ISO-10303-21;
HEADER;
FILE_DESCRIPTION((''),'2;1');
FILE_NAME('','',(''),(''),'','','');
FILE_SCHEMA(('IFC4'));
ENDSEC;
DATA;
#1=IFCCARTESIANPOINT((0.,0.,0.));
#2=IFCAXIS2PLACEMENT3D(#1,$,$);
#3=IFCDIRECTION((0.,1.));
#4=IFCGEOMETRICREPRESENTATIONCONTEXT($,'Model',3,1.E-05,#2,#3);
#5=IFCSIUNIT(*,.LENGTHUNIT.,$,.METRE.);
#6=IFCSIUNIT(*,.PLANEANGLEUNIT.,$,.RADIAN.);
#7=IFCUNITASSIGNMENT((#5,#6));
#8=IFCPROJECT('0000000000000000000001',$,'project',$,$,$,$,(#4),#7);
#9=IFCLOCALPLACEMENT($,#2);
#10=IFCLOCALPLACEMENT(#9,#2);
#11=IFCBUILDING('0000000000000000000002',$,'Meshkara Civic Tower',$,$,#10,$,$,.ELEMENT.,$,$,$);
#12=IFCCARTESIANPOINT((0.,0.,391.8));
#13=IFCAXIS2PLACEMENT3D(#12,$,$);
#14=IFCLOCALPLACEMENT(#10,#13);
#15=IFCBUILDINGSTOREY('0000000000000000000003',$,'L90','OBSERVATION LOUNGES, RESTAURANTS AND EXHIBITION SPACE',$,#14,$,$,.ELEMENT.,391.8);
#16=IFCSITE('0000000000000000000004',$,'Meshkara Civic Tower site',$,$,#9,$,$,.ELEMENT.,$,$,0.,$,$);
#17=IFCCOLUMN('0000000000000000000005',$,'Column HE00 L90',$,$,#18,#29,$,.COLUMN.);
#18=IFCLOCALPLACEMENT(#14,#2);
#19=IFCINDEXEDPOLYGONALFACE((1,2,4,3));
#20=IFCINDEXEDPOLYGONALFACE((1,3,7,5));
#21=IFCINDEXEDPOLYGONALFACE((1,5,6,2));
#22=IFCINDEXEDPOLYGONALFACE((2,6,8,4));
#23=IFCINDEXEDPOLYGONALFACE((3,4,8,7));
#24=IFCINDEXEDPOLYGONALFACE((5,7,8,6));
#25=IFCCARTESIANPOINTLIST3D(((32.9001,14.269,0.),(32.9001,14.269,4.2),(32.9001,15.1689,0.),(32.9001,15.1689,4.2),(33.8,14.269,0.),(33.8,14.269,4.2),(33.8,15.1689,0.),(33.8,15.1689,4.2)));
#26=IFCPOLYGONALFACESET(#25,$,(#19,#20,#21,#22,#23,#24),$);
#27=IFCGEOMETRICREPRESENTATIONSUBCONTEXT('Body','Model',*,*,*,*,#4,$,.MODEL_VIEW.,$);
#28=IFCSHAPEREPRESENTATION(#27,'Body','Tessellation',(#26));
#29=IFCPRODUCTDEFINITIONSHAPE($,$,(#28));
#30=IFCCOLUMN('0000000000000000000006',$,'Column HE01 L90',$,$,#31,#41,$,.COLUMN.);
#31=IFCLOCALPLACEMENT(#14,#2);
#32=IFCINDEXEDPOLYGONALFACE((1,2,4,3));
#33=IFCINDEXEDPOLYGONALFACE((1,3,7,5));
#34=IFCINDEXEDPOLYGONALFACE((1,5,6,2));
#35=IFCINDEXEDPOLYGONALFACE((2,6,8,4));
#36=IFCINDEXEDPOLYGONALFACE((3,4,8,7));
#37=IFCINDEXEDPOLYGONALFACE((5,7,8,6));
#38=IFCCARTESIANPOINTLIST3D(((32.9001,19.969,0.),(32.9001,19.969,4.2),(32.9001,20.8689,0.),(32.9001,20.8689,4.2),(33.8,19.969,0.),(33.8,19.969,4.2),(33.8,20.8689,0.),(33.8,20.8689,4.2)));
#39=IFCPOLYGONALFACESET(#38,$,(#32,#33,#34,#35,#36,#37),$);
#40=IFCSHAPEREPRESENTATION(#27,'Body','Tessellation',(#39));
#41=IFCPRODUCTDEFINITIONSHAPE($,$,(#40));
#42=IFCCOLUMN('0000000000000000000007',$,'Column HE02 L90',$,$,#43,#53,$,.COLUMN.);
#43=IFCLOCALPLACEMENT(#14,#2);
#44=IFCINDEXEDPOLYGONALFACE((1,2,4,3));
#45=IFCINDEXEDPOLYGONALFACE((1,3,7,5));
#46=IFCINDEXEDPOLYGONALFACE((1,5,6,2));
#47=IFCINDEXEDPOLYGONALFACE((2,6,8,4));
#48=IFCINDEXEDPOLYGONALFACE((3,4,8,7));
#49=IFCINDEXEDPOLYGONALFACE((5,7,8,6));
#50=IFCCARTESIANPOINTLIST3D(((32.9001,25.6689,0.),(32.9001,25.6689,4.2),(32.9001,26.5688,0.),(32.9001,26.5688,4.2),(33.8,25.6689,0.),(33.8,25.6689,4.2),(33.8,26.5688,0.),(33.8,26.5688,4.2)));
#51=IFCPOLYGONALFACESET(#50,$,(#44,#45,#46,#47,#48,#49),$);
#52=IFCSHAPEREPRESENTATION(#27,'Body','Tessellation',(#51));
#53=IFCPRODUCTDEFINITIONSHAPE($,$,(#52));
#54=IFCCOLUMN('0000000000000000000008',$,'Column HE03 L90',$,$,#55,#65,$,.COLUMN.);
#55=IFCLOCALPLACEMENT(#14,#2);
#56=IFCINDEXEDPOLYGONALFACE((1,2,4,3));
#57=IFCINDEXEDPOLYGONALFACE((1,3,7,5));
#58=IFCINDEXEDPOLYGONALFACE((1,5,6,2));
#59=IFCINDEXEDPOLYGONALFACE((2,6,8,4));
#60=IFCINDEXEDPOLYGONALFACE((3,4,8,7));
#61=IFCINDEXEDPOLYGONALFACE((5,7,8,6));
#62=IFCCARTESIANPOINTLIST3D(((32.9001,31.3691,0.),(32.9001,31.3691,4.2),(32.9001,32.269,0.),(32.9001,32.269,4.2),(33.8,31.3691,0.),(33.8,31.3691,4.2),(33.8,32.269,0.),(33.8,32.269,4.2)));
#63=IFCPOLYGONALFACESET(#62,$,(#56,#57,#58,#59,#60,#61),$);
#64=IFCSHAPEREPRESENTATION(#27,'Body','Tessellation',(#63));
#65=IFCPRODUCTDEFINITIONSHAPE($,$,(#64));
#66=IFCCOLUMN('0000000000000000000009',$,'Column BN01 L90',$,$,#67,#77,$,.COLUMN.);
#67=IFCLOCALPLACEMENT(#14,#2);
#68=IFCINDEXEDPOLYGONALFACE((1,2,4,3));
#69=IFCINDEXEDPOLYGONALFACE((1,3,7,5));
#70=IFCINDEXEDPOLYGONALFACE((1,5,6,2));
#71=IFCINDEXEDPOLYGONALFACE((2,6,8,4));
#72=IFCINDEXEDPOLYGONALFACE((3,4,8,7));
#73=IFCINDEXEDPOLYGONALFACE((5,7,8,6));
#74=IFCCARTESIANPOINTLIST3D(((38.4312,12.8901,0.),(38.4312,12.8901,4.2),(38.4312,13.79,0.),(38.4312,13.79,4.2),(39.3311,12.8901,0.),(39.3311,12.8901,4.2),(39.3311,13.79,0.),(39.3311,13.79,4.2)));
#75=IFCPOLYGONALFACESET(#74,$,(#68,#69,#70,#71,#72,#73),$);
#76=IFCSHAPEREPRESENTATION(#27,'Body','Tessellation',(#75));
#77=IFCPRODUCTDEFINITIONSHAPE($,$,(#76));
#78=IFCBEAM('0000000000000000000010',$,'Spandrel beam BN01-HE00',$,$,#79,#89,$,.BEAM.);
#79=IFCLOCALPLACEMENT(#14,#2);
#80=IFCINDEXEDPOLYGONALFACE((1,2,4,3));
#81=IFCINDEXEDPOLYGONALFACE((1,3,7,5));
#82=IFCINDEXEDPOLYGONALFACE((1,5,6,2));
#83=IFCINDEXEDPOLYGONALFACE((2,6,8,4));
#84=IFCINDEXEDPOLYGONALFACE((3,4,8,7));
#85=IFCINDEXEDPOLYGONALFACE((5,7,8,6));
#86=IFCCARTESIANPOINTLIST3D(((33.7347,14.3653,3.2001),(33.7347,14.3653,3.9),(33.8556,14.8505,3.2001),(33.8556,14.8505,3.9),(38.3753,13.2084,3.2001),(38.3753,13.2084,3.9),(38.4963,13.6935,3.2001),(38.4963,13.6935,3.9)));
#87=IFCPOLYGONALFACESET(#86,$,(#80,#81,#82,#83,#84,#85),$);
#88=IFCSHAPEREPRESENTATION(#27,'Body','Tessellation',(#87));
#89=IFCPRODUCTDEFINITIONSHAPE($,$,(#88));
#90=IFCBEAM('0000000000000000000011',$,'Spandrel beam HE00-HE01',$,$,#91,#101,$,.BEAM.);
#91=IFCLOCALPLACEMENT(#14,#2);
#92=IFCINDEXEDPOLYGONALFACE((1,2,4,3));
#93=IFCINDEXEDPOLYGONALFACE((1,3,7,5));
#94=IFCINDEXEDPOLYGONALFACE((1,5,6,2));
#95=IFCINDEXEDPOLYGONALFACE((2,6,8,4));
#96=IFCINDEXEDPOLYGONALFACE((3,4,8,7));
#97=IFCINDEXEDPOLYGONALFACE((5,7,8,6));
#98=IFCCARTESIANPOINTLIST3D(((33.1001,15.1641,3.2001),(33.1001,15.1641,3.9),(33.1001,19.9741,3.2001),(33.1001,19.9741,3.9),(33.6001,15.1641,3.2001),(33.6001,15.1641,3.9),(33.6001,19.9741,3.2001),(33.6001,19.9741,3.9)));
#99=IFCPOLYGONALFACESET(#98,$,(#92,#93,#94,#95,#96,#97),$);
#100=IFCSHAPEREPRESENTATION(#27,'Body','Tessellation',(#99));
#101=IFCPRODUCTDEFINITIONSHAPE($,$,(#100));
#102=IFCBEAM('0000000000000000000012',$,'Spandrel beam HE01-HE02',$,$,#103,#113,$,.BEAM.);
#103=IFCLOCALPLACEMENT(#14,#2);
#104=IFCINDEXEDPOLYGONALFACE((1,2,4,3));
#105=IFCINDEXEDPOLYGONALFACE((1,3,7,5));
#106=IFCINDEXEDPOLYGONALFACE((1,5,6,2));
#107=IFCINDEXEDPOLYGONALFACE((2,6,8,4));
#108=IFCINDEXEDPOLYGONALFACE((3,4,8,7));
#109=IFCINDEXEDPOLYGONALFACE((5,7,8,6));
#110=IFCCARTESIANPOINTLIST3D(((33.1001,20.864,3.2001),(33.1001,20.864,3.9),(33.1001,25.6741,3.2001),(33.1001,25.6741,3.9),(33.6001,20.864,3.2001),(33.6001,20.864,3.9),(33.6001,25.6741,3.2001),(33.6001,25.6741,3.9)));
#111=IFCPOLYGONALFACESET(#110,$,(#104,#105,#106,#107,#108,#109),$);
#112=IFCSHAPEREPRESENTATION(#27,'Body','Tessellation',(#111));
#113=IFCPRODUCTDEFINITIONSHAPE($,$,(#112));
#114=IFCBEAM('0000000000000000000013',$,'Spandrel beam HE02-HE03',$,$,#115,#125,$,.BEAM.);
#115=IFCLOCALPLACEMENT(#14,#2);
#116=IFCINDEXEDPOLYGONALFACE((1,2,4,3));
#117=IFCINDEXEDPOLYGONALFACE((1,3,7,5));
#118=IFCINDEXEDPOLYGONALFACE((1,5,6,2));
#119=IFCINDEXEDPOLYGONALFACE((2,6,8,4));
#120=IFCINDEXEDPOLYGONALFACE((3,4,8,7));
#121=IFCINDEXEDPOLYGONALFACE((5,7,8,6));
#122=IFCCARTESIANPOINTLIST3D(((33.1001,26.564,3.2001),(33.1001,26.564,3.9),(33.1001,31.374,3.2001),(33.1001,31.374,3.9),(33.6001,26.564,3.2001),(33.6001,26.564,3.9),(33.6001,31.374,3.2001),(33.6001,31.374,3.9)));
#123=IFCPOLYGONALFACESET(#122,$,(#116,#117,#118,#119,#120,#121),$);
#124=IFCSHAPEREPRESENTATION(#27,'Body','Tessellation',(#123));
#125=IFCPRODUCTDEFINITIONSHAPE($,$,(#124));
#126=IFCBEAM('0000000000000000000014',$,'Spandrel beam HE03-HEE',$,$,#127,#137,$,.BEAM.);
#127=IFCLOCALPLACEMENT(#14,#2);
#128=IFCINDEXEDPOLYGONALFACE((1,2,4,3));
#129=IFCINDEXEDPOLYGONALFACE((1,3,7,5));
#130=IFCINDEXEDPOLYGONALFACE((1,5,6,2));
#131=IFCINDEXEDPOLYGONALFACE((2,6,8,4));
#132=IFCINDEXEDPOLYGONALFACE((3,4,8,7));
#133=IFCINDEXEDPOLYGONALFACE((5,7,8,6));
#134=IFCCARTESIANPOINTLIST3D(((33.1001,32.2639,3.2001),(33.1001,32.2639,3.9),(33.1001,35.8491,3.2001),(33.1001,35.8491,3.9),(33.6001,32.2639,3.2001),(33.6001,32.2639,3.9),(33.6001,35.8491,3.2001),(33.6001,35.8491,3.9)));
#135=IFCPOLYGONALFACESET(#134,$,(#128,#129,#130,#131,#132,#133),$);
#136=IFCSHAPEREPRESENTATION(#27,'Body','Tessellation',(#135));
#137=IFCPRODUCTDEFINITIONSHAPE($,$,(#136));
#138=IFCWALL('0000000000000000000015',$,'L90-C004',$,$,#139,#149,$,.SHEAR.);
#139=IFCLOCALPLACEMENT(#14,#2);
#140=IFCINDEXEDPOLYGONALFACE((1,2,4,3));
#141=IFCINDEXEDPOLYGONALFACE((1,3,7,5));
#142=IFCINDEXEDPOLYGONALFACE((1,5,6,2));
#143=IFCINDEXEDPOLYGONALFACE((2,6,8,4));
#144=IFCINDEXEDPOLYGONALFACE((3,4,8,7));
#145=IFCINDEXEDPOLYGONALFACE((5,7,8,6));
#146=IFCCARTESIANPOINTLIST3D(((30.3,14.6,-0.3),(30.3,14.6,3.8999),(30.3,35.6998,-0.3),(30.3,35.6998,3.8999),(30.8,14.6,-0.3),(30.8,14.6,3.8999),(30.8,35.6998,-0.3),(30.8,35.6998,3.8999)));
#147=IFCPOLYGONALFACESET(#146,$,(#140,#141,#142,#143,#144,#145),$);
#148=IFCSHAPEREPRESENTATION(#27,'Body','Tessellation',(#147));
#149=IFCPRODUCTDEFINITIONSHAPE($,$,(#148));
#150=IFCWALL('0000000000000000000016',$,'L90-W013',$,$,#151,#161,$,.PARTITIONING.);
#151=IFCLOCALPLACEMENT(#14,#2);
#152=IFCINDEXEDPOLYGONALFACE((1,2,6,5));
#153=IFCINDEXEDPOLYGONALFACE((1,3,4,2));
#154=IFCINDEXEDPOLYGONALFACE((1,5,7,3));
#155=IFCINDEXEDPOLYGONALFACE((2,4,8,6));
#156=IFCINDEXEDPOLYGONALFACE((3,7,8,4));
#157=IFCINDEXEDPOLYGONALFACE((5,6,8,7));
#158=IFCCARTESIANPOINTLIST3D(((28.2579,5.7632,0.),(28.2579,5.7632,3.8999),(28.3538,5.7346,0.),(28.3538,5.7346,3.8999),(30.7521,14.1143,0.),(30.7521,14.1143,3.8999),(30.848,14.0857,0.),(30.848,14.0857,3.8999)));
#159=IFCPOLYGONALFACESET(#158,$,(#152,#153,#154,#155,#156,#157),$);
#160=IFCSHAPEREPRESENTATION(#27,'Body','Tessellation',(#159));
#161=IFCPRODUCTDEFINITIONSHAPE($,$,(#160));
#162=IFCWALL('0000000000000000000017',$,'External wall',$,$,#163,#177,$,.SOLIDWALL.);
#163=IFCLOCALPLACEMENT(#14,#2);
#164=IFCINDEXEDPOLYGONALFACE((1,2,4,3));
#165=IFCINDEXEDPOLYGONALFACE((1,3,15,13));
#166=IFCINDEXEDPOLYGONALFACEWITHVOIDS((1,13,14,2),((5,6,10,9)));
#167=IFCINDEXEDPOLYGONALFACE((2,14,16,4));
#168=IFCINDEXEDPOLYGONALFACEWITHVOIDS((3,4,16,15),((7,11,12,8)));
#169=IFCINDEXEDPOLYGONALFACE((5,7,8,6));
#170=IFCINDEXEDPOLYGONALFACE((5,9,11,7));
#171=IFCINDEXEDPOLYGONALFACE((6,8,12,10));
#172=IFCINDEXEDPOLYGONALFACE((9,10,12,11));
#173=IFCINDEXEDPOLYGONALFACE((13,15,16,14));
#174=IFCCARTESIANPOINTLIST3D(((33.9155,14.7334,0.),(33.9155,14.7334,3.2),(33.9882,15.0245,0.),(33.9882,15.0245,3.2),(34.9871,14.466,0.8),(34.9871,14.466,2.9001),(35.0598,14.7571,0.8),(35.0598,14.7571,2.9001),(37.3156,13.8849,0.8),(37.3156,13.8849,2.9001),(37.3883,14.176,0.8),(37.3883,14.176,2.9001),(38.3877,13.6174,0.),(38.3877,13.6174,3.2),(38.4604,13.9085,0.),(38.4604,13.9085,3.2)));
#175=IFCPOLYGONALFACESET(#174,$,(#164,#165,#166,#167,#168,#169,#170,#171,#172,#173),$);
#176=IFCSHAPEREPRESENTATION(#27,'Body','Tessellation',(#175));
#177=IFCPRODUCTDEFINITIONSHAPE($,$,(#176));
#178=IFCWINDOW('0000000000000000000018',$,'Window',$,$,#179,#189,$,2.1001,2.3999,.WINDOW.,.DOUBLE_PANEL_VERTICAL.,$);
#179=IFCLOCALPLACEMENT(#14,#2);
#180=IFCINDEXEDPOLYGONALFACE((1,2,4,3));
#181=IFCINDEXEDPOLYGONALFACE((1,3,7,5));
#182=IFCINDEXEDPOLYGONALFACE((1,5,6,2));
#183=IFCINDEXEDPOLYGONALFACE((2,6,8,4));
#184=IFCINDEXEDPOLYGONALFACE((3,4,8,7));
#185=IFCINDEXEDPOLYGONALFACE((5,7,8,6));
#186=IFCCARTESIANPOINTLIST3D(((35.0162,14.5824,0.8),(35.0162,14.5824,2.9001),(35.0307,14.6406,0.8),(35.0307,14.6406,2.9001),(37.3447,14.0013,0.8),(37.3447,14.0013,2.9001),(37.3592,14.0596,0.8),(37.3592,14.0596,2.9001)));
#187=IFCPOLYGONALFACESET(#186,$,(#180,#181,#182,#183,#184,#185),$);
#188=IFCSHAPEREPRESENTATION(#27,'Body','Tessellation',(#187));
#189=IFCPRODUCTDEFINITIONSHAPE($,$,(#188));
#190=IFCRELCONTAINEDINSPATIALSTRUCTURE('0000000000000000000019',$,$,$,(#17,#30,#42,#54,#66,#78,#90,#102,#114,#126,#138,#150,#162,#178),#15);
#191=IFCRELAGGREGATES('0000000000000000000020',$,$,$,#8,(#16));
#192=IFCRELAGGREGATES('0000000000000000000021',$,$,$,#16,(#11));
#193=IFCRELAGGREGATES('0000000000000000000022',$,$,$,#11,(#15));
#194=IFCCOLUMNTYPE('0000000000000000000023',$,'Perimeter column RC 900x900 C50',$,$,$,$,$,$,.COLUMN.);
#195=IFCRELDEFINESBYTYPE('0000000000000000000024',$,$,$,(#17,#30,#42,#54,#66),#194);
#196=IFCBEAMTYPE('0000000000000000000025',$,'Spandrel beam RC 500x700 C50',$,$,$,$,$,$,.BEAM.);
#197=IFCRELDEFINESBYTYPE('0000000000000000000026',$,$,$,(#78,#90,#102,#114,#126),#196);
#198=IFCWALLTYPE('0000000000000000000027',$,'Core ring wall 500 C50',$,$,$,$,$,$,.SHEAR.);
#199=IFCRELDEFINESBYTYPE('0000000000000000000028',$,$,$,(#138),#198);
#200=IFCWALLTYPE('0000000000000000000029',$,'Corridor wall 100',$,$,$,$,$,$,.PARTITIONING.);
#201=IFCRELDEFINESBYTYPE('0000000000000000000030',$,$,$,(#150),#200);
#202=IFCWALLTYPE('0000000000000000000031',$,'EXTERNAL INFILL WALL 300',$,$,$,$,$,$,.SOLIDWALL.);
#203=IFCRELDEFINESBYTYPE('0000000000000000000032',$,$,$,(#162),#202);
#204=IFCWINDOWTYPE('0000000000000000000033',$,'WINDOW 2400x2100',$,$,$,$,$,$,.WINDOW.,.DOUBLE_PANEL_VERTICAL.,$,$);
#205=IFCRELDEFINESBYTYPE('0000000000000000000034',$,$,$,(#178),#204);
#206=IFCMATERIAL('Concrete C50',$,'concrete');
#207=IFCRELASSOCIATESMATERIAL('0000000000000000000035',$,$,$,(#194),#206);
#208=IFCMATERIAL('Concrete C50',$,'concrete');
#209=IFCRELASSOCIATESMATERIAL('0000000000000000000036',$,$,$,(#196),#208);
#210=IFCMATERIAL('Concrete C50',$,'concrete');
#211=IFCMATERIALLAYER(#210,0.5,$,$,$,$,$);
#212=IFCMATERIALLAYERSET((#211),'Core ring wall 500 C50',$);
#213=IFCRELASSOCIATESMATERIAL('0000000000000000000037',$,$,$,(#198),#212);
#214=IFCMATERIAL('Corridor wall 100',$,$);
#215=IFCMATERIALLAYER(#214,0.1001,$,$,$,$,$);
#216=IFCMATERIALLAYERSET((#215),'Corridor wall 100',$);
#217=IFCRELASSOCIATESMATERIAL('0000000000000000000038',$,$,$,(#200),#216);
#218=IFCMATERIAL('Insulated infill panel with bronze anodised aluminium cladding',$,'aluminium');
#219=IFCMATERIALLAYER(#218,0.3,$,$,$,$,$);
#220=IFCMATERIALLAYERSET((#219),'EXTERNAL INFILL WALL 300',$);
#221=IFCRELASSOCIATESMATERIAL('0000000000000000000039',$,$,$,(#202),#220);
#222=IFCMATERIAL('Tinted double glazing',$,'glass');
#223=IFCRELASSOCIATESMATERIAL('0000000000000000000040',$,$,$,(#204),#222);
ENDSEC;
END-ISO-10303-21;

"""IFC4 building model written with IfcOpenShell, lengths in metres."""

from ifc_helpers import new_model, si_unit, direction, frame, frame_2d, origin, origin_2d, place, context, subcontext, project, spatial, rectangle, extrude, material, layer, layer_set, material_profile, profile_set, type_object, element, fill, save


model = new_model("IFC4")

# Units and contexts
model_context = context("Model", 3, precision=1e-05, world=origin(), true_north=direction((0.0, 1.0)))
body_context = subcontext(model_context, "Body", "Model", "MODEL_VIEW")
ifc_project = project(units=[si_unit("LENGTHUNIT", "METRE"), si_unit("PLANEANGLEUNIT", "RADIAN")], contexts=[model_context])

# Site, building, storey
site_placement = place(None, origin())
site = spatial("IfcSite", under=ifc_project, at=site_placement, Name="Meshkara Civic Tower site", CompositionType="ELEMENT", RefElevation=0.0)
building_placement = place(site_placement, origin())
building = spatial("IfcBuilding", under=site, at=building_placement, Name="Meshkara Civic Tower", CompositionType="ELEMENT")
storey_placement = place(building_placement, frame((0.0, 0.0, 391.8)))
storey = spatial("IfcBuildingStorey", under=building, at=storey_placement, Name="L90", Description="OBSERVATION LOUNGES, RESTAURANTS AND EXHIBITION SPACE", CompositionType="ELEMENT", Elevation=391.8)

# Columns
ifc_material_1 = material(Name="Concrete C50", Category="concrete")
ifc_material_profile_1 = material_profile(ifc_material_1, rectangle(XDim=0.8999, YDim=0.8999, at=origin_2d()))
ifc_profile_set_1 = profile_set([ifc_material_profile_1], Name="Concrete C50")
column_type = type_object("IfcColumnType", Name="Perimeter column RC 900x900 C50", PredefinedType="COLUMN", material=ifc_profile_set_1)
for number, where, z_axis, x_axis, name in (
    (1, (33.3501, 14.719, 0.0), (0.0, 0.0, 1.0), (1.0, 0.0, 0.0), "Column HE00 L90"),
    (2, (33.3501, 20.4189, 0.0), (0.0, 0.0, 1.0), (1.0, 0.0, 0.0), "Column HE01 L90"),
    (3, (33.3501, 26.1189, 0.0), (0.0, 0.0, 1.0), (1.0, 0.0, 0.0), "Column HE02 L90"),
    (4, (33.3501, 31.8191, 0.0), (0.0, 0.0, 1.0), (1.0, 0.0, 0.0), "Column HE03 L90"),
    (5, (38.8811, 13.3401, 0.0), (0.0, 0.0, 1.0), (1.0, 0.0, 0.0), "Column BN01 L90"),
):
    element("IfcColumn", number, at=place(storey_placement, frame(where, z_axis=z_axis, x_axis=x_axis)), inside=storey, type_object=column_type, Name=name, PredefinedType="COLUMN", context=body_context, shape_type="SweptSolid", body=[
        extrude(rectangle(XDim=0.8999, YDim=0.8999, at=origin_2d()), origin(), (0.0, 0.0, 1.0), 4.2),
    ])

# Beams
ifc_material_2 = material(Name="Concrete C50", Category="concrete")
ifc_material_profile_2 = material_profile(ifc_material_2, rectangle(XDim=0.5, YDim=0.7, at=origin_2d()))
ifc_profile_set_2 = profile_set([ifc_material_profile_2], Name="Concrete C50")
beam_type = type_object("IfcBeamType", Name="Spandrel beam RC 500x700 C50", PredefinedType="BEAM", material=ifc_profile_set_2)
beam_1_placement = place(storey_placement, frame((38.4358, 13.4509, 3.55), z_axis=(-0.970298, 0.241911, 0.0), x_axis=(-0.241911, -0.970298, 0.0)))
element("IfcBeam", 6, at=beam_1_placement, inside=storey, type_object=beam_type, Name="Spandrel beam BN01-HE00", PredefinedType="BEAM", context=body_context, shape_type="SweptSolid", body=[
    extrude(rectangle(XDim=0.5, YDim=0.7, at=origin_2d()), origin(), (0.0, 0.0, 1.0), 4.7827),
])
for number, where, z_axis, x_axis, name in (
    (7, (33.3501, 15.1641, 3.55), (0.0, 1.0, 0.0), (-1.0, 0.0, 0.0), "Spandrel beam HE00-HE01"),
    (8, (33.3501, 20.864, 3.55), (0.0, 1.0, 0.0), (-1.0, 0.0, 0.0), "Spandrel beam HE01-HE02"),
    (9, (33.3501, 26.564, 3.55), (0.0, 1.0, 0.0), (-1.0, 0.0, 0.0), "Spandrel beam HE02-HE03"),
):
    element("IfcBeam", number, at=place(storey_placement, frame(where, z_axis=z_axis, x_axis=x_axis)), inside=storey, type_object=beam_type, Name=name, PredefinedType="BEAM", context=body_context, shape_type="SweptSolid", body=[
        extrude(rectangle(XDim=0.5, YDim=0.7, at=origin_2d()), origin(), (0.0, 0.0, 1.0), 4.8101),
    ])
beam_2_placement = place(storey_placement, frame((33.3501, 32.2639, 3.55), z_axis=(0.0, 1.0, 0.0), x_axis=(-1.0, 0.0, 0.0)))
element("IfcBeam", 10, at=beam_2_placement, inside=storey, type_object=beam_type, Name="Spandrel beam HE03-HEE", PredefinedType="BEAM", context=body_context, shape_type="SweptSolid", body=[
    extrude(rectangle(XDim=0.5, YDim=0.7, at=origin_2d()), origin(), (0.0, 0.0, 1.0), 3.5852),
])

# Walls
ifc_material_3 = material(Name="Concrete C50", Category="concrete")
ifc_layer_1 = layer(ifc_material_3, 0.5)
ifc_layer_set_1 = layer_set([ifc_layer_1], Name="Core ring wall 500 C50")
wall_type_1 = type_object("IfcWallType", Name="Core ring wall 500 C50", PredefinedType="SHEAR", material=ifc_layer_set_1)
wall_1_placement = place(storey_placement, frame((30.55, 14.6001, -0.3), z_axis=(0.0, 0.0, 1.0), x_axis=(0.0, 1.0, 0.0)))
element("IfcWall", 11, at=wall_1_placement, inside=storey, type_object=wall_type_1, Name="L90-C004", PredefinedType="SHEAR", context=body_context, shape_type="SweptSolid", body=[
    extrude(rectangle(XDim=21.0999, YDim=0.5, at=frame_2d((10.5498, 0.0))), origin(), (0.0, 0.0, 1.0), 4.2),
])
ifc_material_4 = material(Name="Corridor wall 100")
ifc_layer_2 = layer(ifc_material_4, 0.1001)
ifc_layer_set_2 = layer_set([ifc_layer_2], Name="Corridor wall 100")
wall_type_2 = type_object("IfcWallType", Name="Corridor wall 100", PredefinedType="PARTITIONING", material=ifc_layer_set_2)
wall_2_placement = place(storey_placement, frame((30.8, 14.1001, 0.0), z_axis=(0.0, 0.0, 1.0), x_axis=(-0.286171, -0.958179, 0.0)))
element("IfcWall", 12, at=wall_2_placement, inside=storey, type_object=wall_type_2, Name="L90-W013", PredefinedType="PARTITIONING", context=body_context, shape_type="SweptSolid", body=[
    extrude(rectangle(XDim=8.7156, YDim=0.1001, at=frame_2d((4.3579, 0.0))), origin(), (0.0, 0.0, 1.0), 3.8999),
])

# Wall, opening, window
ifc_material_5 = material(Name="Insulated infill panel with bronze anodised aluminium cladding", Category="aluminium")
ifc_layer_3 = layer(ifc_material_5, 0.3)
ifc_layer_set_3 = layer_set([ifc_layer_3], Name="EXTERNAL INFILL WALL 300")
wall_type_3 = type_object("IfcWallType", Name="EXTERNAL INFILL WALL 300", PredefinedType="SOLIDWALL", material=ifc_layer_set_3)
wall_3_placement = place(storey_placement, frame((38.4241, 13.7629, 0.0), z_axis=(0.0, 0.0, 1.0), x_axis=(-0.970248, 0.242112, 0.0)))
wall_3 = element("IfcWall", 13, at=wall_3_placement, inside=storey, type_object=wall_type_3, Name="External wall", PredefinedType="SOLIDWALL", context=body_context, shape_type="SweptSolid", body=[
    extrude(rectangle(XDim=4.6094, YDim=0.3, at=frame_2d((2.3047, 0.0))), origin(), (0.0, 0.0, 1.0), 3.2),
])
opening_1_placement = place(wall_3_placement, frame((1.105, 0.0, 0.8)))
opening_1 = element("IfcOpeningElement", 14, at=opening_1_placement, cuts=wall_3, PredefinedType="OPENING", context=body_context, shape_type="SweptSolid", body=[
    extrude(rectangle(XDim=2.3999, YDim=2.1001, at=frame_2d((1.2, 1.05))), frame((0.0, 0.1599, 0.0), z_axis=(0.0, -1.0, 0.0), x_axis=(1.0, 0.0, 0.0)), (0.0, 0.0, 1.0), 0.3201),
])
ifc_material_6 = material(Name="Tinted double glazing", Category="glass")
window_type = type_object("IfcWindowType", Name="WINDOW 2400x2100", PartitioningType="DOUBLE_PANEL_VERTICAL", PredefinedType="WINDOW", material=ifc_material_6)
window_1_placement = place(opening_1_placement, origin())
window_1 = element("IfcWindow", 15, at=window_1_placement, inside=storey, type_object=window_type, Name="Window", OverallHeight=2.1001, OverallWidth=2.3999, PartitioningType="DOUBLE_PANEL_VERTICAL", PredefinedType="WINDOW", context=body_context, shape_type="SweptSolid", body=[
    extrude(rectangle(XDim=2.3999, YDim=2.1001, at=frame_2d((1.2, 1.05))), frame((0.0, 0.03, 0.0), z_axis=(0.0, -1.0, 0.0), x_axis=(1.0, 0.0, 0.0)), (0.0, 0.0, 1.0), 0.0601),
])
fill(opening_1, window_1)

save(model, "model.ifc")
